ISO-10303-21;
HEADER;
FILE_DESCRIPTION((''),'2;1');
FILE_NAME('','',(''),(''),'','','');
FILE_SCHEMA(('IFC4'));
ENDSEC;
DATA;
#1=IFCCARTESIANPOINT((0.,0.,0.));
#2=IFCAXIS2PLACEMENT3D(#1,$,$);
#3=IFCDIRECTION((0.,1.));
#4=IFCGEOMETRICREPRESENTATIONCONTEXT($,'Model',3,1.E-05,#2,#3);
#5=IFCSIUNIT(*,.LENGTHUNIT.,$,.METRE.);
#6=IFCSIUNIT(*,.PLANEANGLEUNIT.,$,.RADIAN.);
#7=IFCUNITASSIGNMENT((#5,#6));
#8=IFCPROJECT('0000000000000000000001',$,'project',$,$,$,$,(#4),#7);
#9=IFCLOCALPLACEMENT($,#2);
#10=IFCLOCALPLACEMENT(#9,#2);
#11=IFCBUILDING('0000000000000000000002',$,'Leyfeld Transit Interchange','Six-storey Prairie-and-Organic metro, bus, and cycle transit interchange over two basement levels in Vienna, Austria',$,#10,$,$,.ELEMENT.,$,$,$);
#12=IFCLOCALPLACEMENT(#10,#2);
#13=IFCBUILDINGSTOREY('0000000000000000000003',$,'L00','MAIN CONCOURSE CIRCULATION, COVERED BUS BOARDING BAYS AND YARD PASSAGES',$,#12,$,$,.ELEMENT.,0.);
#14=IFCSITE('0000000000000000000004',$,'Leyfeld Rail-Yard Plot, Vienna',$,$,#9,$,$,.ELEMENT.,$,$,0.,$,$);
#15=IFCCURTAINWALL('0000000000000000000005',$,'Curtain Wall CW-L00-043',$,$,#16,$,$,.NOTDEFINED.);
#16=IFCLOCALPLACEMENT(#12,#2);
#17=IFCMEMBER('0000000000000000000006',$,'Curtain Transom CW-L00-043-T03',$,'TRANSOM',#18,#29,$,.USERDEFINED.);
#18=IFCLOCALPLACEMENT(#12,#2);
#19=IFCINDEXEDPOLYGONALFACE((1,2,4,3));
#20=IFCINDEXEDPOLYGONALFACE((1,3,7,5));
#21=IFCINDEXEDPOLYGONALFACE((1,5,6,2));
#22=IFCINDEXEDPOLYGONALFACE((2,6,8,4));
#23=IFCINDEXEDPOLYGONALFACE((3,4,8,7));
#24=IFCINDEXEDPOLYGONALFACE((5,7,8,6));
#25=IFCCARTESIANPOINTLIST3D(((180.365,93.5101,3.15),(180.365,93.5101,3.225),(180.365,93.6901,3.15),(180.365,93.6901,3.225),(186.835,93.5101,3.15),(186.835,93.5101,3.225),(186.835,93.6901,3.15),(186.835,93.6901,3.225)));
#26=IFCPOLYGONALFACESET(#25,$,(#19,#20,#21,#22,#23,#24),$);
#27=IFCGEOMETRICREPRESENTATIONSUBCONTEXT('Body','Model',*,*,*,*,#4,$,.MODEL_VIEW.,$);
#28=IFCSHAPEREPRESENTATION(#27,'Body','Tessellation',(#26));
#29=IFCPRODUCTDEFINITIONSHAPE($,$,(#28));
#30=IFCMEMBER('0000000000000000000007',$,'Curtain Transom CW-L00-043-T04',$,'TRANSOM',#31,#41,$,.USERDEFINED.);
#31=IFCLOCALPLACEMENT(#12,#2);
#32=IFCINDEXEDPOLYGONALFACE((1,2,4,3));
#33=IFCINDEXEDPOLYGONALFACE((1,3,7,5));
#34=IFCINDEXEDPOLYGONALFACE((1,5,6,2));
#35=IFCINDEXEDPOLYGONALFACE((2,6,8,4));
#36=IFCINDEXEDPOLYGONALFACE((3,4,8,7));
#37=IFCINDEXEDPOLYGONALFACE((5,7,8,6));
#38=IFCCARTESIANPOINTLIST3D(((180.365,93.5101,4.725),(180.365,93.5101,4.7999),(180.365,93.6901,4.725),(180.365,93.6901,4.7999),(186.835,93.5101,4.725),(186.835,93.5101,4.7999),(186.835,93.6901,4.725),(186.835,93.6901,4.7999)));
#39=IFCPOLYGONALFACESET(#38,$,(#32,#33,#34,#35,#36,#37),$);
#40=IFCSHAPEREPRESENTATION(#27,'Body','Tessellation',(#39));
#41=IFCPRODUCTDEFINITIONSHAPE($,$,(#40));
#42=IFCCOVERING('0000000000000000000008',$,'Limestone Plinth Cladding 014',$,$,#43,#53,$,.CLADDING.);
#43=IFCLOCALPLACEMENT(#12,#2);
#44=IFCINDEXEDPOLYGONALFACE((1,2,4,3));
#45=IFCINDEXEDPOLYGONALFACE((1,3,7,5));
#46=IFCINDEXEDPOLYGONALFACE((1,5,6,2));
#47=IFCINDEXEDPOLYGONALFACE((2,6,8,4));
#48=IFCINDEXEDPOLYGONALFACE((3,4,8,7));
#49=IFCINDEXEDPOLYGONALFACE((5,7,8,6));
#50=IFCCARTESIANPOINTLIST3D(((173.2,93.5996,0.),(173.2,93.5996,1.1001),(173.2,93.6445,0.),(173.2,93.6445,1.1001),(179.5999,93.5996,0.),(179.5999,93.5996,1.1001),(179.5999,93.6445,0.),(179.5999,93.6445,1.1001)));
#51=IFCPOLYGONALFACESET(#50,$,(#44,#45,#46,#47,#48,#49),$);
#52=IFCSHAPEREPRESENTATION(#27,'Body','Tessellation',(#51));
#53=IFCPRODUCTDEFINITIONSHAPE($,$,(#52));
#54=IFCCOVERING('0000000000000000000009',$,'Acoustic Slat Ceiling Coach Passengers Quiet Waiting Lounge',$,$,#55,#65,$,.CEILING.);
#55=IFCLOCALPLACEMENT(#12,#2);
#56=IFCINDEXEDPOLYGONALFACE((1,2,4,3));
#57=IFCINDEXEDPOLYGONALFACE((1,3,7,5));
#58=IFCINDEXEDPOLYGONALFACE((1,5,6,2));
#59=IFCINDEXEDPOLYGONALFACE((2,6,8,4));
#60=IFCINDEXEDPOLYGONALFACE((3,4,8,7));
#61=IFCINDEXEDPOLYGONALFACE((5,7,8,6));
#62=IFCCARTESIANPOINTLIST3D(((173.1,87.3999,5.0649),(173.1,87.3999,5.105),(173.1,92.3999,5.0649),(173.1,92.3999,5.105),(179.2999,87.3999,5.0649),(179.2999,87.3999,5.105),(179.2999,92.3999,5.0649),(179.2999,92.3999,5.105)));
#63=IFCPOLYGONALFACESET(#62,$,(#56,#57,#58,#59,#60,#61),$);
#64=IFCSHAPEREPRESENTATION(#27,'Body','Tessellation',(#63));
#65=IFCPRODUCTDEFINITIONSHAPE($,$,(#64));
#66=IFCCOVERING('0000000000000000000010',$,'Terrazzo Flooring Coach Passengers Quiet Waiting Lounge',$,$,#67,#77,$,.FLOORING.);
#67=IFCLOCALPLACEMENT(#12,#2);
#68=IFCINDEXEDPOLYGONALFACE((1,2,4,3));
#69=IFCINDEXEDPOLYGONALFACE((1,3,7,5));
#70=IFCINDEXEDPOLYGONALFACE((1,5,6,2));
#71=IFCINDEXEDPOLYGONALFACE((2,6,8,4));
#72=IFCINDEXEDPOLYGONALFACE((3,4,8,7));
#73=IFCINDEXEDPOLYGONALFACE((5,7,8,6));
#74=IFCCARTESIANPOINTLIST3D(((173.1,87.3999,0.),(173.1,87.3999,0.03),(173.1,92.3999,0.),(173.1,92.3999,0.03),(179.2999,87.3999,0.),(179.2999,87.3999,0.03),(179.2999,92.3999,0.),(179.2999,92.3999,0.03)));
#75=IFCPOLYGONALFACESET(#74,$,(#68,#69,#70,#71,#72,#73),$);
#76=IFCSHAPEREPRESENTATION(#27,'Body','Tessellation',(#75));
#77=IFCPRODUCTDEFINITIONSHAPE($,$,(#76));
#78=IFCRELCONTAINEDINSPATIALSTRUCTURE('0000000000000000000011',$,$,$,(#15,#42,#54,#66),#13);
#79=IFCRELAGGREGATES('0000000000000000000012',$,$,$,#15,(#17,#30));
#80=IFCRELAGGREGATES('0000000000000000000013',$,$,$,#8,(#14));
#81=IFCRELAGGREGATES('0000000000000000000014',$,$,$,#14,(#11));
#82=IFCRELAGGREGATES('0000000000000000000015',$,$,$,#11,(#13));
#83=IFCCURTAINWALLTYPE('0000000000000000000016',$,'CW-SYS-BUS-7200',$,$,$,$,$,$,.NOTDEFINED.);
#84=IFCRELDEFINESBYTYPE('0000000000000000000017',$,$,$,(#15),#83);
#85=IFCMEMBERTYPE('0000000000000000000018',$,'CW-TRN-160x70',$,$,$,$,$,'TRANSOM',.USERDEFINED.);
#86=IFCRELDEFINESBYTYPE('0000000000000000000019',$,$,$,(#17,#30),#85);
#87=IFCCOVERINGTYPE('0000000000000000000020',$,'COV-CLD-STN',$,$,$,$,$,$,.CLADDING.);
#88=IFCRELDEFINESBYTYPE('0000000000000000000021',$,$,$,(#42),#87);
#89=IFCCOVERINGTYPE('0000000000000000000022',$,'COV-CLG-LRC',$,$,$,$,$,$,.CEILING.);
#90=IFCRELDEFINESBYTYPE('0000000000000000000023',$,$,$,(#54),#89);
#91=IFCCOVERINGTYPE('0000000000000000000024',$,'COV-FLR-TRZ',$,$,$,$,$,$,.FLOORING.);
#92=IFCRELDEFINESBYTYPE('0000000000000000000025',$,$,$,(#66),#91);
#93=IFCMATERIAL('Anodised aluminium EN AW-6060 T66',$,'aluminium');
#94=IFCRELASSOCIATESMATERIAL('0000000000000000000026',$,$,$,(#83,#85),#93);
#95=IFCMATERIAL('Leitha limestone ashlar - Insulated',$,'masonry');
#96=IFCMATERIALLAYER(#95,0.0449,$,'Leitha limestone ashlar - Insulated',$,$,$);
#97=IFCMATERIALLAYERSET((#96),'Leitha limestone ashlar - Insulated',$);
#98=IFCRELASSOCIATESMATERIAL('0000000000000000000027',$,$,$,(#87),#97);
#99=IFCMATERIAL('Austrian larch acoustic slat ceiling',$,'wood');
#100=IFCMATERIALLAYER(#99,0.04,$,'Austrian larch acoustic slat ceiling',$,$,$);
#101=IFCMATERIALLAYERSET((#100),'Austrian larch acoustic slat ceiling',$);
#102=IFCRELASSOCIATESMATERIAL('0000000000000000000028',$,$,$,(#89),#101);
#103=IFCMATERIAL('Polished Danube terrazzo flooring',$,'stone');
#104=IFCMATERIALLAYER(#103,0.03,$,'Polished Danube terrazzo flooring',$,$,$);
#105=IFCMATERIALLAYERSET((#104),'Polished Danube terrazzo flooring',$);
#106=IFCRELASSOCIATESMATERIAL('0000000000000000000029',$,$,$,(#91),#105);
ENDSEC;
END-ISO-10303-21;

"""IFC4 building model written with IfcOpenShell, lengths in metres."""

from ifc_helpers import new_model, si_unit, direction, frame, origin, origin_2d, place, context, subcontext, project, spatial, rectangle, extrude, material, layer, layer_set, material_profile, profile_set, type_object, element, aggregate, save


model = new_model("IFC4")

# Units and contexts
model_context = context("Model", 3, precision=1e-05, world=origin(), true_north=direction((0.0, 1.0)))
body_context = subcontext(model_context, "Body", "Model", "MODEL_VIEW")
ifc_project = project(units=[si_unit("LENGTHUNIT", "METRE"), si_unit("PLANEANGLEUNIT", "RADIAN")], contexts=[model_context])

# Site, building, storey
site_placement = place(None, origin())
site = spatial("IfcSite", under=ifc_project, at=site_placement, Name="Leyfeld Rail-Yard Plot, Vienna", CompositionType="ELEMENT", RefElevation=0.0)
building_placement = place(site_placement, origin())
building = spatial("IfcBuilding", under=site, at=building_placement, Name="Leyfeld Transit Interchange", Description="Six-storey Prairie-and-Organic metro, bus, and cycle transit interchange over two basement levels in Vienna, Austria", CompositionType="ELEMENT")
storey_placement = place(building_placement, origin())
storey = spatial("IfcBuildingStorey", under=building, at=storey_placement, Name="L00", Description="MAIN CONCOURSE CIRCULATION, COVERED BUS BOARDING BAYS AND YARD PASSAGES", CompositionType="ELEMENT", Elevation=0.0)

# Curtain wall, members
ifc_material_1 = material(Name="Anodised aluminium EN AW-6060 T66", Category="aluminium")
curtain_wall_type = type_object("IfcCurtainWallType", Name="CW-SYS-BUS-7200", PredefinedType="NOTDEFINED", material=ifc_material_1)
curtain_wall_placement = place(storey_placement, origin())
curtain_wall = element("IfcCurtainWall", 1, at=curtain_wall_placement, inside=storey, type_object=curtain_wall_type, Name="Curtain Wall CW-L00-043", PredefinedType="NOTDEFINED")
ifc_material_profile_1 = material_profile(ifc_material_1, rectangle(XDim=0.1799, YDim=0.075, at=origin_2d()), Name="CW-TRN-160x70")
ifc_profile_set_1 = profile_set([ifc_material_profile_1], Name="Anodised aluminium EN AW-6060 T66")
member_type_1 = type_object("IfcMemberType", Name="CW-TRN-160x70", ElementType="TRANSOM", PredefinedType="USERDEFINED", material=ifc_profile_set_1)
member_1_placement = place(storey_placement, frame((180.365, 93.6001, 3.1875), z_axis=(1.0, 0.0, 0.0), x_axis=(0.0, 1.0, 0.0)))
member_1 = element("IfcMember", 2, at=member_1_placement, type_object=member_type_1, Name="Curtain Transom CW-L00-043-T03", ObjectType="TRANSOM", PredefinedType="USERDEFINED", context=body_context, shape_type="SweptSolid", body=[
    extrude(rectangle(XDim=0.1799, YDim=0.075, at=origin_2d()), origin(), (0.0, 0.0, 1.0), 6.47),
])
member_2_placement = place(storey_placement, frame((180.365, 93.6001, 4.7625), z_axis=(1.0, 0.0, 0.0), x_axis=(0.0, 1.0, 0.0)))
member_2 = element("IfcMember", 3, at=member_2_placement, type_object=member_type_1, Name="Curtain Transom CW-L00-043-T04", ObjectType="TRANSOM", PredefinedType="USERDEFINED", context=body_context, shape_type="SweptSolid", body=[
    extrude(rectangle(XDim=0.1799, YDim=0.075, at=origin_2d()), origin(), (0.0, 0.0, 1.0), 6.47),
])
aggregate(curtain_wall, [member_1, member_2])

# Coverings
ifc_material_2 = material(Name="Leitha limestone ashlar - Insulated", Category="masonry")
ifc_layer_1 = layer(ifc_material_2, 0.0449, Name="Leitha limestone ashlar - Insulated")
ifc_layer_set_1 = layer_set([ifc_layer_1], Name="Leitha limestone ashlar - Insulated")
covering_type_1 = type_object("IfcCoveringType", Name="COV-CLD-STN", PredefinedType="CLADDING", material=ifc_layer_set_1)
covering_1_placement = place(storey_placement, frame((176.3999, 93.6221, 0.0), z_axis=(0.0, 0.0, 1.0), x_axis=(1.0, 0.0, 0.0)))
element("IfcCovering", 4, at=covering_1_placement, inside=storey, type_object=covering_type_1, Name="Limestone Plinth Cladding 014", PredefinedType="CLADDING", context=body_context, shape_type="SweptSolid", body=[
    extrude(rectangle(XDim=6.3999, YDim=0.0449, at=origin_2d()), origin(), (0.0, 0.0, 1.0), 1.1001),
])
ifc_material_3 = material(Name="Austrian larch acoustic slat ceiling", Category="wood")
ifc_layer_2 = layer(ifc_material_3, 0.04, Name="Austrian larch acoustic slat ceiling")
ifc_layer_set_2 = layer_set([ifc_layer_2], Name="Austrian larch acoustic slat ceiling")
covering_type_2 = type_object("IfcCoveringType", Name="COV-CLG-LRC", PredefinedType="CEILING", material=ifc_layer_set_2)
covering_2_placement = place(storey_placement, frame((176.2, 89.8999, 5.0649), z_axis=(0.0, 0.0, 1.0), x_axis=(1.0, 0.0, 0.0)))
element("IfcCovering", 5, at=covering_2_placement, inside=storey, type_object=covering_type_2, Name="Acoustic Slat Ceiling Coach Passengers Quiet Waiting Lounge", PredefinedType="CEILING", context=body_context, shape_type="SweptSolid", body=[
    extrude(rectangle(XDim=6.2, YDim=5.0, at=origin_2d()), origin(), (0.0, 0.0, 1.0), 0.04),
])
ifc_material_4 = material(Name="Polished Danube terrazzo flooring", Category="stone")
ifc_layer_3 = layer(ifc_material_4, 0.03, Name="Polished Danube terrazzo flooring")
ifc_layer_set_3 = layer_set([ifc_layer_3], Name="Polished Danube terrazzo flooring")
covering_type_3 = type_object("IfcCoveringType", Name="COV-FLR-TRZ", PredefinedType="FLOORING", material=ifc_layer_set_3)
covering_3_placement = place(storey_placement, frame((176.2, 89.8999, 0.0), z_axis=(0.0, 0.0, 1.0), x_axis=(1.0, 0.0, 0.0)))
element("IfcCovering", 6, at=covering_3_placement, inside=storey, type_object=covering_type_3, Name="Terrazzo Flooring Coach Passengers Quiet Waiting Lounge", PredefinedType="FLOORING", context=body_context, shape_type="SweptSolid", body=[
    extrude(rectangle(XDim=6.2, YDim=5.0, at=origin_2d()), origin(), (0.0, 0.0, 1.0), 0.03),
])

save(model, "model.ifc")
